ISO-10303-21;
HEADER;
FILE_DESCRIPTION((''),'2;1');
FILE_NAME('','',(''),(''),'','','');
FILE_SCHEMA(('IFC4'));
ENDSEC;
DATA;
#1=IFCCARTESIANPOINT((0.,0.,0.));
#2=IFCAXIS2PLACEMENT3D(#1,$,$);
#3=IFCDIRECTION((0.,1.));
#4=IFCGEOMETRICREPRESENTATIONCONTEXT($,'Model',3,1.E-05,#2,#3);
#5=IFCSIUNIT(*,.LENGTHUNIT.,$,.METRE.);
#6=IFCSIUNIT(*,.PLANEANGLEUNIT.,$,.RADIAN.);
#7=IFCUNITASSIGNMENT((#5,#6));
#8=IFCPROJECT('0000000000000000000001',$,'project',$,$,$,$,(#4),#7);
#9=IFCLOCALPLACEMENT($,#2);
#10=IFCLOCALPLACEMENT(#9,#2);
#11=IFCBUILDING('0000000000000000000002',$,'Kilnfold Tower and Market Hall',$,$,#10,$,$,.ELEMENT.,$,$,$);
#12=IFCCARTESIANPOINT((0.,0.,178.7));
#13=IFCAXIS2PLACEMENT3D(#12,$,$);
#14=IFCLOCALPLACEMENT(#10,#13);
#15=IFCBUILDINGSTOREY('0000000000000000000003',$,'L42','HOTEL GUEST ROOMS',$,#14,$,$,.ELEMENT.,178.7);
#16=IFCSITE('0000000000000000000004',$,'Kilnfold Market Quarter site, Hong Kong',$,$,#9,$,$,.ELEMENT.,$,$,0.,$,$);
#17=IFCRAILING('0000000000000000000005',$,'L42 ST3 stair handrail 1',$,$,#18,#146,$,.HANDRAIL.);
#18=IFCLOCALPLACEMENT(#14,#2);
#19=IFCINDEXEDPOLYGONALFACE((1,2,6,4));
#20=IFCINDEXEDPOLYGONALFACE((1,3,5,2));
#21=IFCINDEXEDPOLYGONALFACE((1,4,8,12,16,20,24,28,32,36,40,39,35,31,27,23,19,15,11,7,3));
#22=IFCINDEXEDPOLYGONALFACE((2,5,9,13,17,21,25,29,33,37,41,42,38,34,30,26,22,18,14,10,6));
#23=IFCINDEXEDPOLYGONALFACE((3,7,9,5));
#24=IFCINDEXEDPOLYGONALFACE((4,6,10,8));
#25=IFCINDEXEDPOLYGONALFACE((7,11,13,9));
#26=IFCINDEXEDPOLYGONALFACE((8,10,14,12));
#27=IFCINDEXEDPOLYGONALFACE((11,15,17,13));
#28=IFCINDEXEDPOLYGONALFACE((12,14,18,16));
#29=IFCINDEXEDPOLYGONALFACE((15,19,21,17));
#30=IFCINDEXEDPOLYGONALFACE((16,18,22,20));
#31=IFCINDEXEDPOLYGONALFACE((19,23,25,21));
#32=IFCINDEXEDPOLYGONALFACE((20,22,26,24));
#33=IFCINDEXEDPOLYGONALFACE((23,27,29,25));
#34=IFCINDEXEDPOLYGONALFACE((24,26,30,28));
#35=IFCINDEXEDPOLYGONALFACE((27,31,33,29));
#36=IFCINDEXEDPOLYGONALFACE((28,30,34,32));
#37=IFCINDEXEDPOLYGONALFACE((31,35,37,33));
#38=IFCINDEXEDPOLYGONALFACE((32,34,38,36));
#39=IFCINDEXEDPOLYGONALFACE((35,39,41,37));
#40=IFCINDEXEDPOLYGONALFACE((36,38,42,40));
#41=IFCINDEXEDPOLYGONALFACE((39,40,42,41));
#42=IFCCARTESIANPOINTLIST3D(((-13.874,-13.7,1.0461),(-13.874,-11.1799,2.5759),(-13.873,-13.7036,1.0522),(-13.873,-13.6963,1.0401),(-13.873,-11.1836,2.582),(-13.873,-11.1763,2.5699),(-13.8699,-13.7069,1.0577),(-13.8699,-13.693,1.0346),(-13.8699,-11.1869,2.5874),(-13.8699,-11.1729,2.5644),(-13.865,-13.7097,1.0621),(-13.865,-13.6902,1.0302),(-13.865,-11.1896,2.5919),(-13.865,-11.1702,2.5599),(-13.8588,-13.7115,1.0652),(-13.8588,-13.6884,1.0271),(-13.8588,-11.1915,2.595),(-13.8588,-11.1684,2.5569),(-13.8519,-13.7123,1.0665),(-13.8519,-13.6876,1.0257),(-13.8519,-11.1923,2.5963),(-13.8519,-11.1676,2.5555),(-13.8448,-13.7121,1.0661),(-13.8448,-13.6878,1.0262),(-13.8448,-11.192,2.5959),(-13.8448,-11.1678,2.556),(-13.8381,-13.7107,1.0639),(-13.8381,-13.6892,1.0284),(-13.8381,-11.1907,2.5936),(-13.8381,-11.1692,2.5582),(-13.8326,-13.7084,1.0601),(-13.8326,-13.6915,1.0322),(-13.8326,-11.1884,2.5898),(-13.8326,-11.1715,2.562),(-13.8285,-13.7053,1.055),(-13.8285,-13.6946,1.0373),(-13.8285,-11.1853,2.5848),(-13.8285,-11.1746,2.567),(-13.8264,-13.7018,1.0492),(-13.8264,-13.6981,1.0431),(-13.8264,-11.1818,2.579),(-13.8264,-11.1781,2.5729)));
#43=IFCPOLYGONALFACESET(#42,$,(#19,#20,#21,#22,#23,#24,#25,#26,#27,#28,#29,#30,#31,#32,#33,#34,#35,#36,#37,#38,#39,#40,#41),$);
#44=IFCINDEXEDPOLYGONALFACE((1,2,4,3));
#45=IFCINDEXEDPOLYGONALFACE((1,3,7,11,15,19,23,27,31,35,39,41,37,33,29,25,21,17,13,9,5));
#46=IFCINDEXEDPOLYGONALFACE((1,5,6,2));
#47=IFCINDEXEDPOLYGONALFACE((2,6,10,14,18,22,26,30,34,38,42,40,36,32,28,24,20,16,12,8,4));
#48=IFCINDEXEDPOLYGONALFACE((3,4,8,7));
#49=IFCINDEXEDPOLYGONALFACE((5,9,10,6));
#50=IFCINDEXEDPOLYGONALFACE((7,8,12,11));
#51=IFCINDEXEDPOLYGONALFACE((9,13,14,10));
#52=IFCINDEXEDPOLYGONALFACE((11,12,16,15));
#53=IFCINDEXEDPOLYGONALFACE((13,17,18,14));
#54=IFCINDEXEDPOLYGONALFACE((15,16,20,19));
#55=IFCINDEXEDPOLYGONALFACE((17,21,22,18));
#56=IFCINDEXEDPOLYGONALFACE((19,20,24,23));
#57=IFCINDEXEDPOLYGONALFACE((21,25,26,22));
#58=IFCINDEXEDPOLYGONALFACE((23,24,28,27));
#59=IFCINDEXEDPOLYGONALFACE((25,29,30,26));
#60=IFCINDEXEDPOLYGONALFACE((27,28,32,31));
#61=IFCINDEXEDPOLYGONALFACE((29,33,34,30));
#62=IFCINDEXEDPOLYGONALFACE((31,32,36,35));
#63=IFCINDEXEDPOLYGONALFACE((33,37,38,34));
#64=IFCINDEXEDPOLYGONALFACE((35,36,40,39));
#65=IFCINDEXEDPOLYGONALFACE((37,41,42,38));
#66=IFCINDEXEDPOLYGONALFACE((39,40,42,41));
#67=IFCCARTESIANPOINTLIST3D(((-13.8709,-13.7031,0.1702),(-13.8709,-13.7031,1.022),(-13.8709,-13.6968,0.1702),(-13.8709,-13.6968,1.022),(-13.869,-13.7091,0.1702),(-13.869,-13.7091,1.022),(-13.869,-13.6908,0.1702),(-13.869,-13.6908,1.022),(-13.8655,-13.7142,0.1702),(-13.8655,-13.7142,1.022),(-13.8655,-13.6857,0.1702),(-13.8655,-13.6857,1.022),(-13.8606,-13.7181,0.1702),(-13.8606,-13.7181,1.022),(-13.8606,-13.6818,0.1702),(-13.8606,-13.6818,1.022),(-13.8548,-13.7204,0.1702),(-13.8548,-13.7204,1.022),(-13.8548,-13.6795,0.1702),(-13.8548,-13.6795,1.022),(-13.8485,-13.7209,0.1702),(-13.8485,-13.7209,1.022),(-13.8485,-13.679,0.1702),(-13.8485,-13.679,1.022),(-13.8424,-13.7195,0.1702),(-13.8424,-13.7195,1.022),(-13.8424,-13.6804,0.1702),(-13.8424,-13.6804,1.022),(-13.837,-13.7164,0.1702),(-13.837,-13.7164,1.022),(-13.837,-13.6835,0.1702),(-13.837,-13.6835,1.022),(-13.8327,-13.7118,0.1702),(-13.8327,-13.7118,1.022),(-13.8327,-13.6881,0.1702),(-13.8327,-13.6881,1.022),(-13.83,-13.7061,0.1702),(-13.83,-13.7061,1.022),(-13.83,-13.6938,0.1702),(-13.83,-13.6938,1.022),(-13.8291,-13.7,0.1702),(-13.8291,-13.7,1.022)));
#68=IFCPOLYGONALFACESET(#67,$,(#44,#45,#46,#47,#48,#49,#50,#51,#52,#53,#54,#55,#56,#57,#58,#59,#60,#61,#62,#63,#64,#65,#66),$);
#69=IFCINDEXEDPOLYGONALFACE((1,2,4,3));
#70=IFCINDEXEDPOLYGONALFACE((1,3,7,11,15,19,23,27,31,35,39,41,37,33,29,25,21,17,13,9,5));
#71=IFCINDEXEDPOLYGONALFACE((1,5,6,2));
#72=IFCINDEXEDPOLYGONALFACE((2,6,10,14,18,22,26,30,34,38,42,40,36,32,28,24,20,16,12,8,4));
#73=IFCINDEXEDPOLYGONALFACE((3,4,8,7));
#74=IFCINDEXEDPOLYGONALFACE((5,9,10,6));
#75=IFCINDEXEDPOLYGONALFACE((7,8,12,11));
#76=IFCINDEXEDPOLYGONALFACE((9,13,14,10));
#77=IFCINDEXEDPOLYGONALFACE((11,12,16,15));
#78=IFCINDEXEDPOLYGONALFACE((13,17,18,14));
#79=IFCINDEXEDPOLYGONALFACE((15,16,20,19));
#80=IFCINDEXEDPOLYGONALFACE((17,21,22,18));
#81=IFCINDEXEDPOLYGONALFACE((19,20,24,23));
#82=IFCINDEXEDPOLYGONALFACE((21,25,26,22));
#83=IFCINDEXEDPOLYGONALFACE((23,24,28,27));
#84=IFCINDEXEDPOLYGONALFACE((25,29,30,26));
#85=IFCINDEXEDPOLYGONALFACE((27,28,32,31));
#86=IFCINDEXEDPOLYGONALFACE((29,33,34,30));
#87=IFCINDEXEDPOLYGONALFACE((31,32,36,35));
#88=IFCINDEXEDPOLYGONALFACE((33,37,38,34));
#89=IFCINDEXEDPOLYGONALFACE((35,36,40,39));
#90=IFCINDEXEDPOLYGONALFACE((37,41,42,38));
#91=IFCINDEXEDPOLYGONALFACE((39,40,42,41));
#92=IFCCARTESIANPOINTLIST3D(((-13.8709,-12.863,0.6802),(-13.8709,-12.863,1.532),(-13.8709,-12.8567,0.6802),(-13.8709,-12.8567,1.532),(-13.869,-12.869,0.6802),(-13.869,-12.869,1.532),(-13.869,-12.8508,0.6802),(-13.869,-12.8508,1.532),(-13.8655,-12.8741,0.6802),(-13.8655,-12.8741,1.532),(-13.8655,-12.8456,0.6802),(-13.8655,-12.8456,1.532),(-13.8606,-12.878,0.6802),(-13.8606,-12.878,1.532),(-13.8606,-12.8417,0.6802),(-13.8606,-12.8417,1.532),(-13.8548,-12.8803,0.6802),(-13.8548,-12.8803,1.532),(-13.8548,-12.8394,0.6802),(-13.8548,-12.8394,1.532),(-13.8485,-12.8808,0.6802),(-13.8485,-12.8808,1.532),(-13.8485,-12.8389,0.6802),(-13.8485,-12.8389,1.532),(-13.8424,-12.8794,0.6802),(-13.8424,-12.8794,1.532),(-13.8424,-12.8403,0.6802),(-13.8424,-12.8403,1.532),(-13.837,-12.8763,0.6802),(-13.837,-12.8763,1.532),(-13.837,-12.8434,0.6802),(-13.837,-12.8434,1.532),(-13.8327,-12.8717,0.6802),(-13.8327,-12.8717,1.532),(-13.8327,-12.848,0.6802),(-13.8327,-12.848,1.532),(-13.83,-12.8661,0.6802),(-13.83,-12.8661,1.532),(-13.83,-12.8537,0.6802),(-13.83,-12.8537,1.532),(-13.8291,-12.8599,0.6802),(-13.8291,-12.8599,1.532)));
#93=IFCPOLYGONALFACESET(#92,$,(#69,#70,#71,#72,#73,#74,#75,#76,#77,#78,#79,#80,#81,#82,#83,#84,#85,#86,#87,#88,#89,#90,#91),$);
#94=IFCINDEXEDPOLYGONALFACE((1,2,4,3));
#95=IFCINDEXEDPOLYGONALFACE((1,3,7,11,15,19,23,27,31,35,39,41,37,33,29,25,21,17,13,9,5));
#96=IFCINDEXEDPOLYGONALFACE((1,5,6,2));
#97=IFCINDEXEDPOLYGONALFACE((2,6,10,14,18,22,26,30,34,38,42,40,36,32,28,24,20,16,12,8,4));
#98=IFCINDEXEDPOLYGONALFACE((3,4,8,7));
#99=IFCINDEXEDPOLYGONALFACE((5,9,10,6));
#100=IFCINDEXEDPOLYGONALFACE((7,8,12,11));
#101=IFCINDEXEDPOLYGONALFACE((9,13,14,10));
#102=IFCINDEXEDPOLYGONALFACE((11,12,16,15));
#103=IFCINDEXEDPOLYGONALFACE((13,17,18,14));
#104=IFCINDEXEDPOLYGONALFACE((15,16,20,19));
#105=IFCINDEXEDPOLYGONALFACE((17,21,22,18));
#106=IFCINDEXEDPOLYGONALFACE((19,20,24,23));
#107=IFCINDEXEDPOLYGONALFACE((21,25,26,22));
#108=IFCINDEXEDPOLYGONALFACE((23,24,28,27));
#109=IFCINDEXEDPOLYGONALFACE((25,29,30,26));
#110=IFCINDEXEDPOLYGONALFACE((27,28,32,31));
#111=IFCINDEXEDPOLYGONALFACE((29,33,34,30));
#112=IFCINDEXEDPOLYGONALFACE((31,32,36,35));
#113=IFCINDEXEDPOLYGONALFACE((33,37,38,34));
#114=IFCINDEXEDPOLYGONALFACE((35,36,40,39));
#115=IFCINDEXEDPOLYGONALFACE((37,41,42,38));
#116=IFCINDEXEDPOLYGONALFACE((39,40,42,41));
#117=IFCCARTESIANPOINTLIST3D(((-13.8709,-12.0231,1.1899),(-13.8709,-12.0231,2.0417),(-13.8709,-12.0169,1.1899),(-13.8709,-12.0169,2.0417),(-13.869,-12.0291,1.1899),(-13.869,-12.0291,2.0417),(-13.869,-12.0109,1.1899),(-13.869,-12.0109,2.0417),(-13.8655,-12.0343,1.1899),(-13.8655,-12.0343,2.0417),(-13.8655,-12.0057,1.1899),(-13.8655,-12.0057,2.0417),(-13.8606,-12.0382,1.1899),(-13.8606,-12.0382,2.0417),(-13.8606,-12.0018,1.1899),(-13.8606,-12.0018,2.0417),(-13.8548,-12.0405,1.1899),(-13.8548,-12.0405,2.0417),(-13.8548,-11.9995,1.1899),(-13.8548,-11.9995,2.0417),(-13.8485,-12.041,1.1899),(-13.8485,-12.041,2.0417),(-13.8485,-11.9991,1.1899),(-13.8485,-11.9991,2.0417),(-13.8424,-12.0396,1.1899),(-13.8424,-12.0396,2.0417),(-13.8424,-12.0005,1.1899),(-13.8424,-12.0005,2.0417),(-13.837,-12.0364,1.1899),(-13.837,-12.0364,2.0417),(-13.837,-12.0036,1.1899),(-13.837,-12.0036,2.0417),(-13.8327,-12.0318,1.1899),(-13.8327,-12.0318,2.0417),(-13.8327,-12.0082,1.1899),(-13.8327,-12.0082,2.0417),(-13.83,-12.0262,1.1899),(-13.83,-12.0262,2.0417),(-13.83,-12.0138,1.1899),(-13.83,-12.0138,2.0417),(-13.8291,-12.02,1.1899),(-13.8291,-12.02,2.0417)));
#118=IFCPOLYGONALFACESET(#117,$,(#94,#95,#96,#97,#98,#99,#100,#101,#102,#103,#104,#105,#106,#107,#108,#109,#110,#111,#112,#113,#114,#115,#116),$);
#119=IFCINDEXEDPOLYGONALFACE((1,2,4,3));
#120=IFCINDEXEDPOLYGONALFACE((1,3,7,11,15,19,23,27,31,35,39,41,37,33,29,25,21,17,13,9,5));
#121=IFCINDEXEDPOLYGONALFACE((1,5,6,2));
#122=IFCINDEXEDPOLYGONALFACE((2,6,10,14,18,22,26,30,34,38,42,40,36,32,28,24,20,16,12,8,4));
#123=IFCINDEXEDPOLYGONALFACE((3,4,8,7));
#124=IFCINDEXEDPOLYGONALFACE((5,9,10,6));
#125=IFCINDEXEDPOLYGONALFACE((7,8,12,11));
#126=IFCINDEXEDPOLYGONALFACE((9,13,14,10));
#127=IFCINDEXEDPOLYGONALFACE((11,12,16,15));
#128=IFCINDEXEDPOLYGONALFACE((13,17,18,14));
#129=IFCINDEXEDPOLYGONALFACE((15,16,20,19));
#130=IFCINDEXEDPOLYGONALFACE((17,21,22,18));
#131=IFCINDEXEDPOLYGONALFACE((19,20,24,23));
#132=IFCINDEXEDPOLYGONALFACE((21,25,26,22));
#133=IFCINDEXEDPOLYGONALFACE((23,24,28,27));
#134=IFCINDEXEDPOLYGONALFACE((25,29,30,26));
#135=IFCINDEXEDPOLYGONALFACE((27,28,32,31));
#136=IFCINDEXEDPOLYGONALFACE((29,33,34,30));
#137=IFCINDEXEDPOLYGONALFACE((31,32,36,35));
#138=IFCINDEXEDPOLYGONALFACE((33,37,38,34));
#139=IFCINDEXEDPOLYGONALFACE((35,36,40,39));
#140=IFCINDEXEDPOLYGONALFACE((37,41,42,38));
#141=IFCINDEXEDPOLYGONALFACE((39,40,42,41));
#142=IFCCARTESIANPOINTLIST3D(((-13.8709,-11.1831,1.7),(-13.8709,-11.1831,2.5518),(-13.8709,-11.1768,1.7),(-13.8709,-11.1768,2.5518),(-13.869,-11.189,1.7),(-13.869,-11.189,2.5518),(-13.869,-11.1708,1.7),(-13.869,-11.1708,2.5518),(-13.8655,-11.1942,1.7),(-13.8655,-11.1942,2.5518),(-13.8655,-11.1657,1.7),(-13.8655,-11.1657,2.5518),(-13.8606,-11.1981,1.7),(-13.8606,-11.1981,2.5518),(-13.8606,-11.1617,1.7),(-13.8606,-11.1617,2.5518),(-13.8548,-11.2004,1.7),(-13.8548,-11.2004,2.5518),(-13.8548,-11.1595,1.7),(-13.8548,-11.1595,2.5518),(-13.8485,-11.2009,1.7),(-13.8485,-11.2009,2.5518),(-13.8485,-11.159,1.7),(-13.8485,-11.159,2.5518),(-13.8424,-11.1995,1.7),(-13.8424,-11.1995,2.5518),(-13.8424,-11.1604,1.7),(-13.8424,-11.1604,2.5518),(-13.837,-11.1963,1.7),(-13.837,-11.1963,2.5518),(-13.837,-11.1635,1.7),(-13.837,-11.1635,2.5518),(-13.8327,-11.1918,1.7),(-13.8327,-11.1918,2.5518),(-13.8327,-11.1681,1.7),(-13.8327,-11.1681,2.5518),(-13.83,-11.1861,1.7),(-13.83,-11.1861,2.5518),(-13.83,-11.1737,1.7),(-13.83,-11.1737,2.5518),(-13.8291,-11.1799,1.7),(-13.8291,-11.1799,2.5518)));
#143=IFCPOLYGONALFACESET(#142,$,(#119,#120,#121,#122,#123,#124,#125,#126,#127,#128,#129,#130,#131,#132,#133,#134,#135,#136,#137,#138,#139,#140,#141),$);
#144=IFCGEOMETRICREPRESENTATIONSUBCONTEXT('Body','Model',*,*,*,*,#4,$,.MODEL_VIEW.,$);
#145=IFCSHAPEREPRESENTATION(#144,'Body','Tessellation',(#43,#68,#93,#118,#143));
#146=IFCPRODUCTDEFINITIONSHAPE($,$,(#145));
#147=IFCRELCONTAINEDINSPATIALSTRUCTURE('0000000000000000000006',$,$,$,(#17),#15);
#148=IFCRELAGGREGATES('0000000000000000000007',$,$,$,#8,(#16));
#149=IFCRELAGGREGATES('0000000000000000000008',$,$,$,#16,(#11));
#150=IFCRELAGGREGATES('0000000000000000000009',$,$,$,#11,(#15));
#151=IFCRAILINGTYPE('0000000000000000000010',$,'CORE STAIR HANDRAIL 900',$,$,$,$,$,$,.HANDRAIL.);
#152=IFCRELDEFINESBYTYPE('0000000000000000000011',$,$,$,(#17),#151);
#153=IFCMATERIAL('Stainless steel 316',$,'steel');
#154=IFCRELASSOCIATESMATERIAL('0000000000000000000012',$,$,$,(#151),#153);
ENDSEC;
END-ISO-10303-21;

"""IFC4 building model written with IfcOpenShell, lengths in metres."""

from ifc_helpers import new_model, si_unit, direction, frame, origin, origin_2d, place, context, subcontext, project, spatial, circle, extrude, material, type_object, element, save


model = new_model("IFC4")

# Units and contexts
model_context = context("Model", 3, precision=1e-05, world=origin(), true_north=direction((0.0, 1.0)))
body_context = subcontext(model_context, "Body", "Model", "MODEL_VIEW")
ifc_project = project(units=[si_unit("LENGTHUNIT", "METRE"), si_unit("PLANEANGLEUNIT", "RADIAN")], contexts=[model_context])

# Site, building, storey
site_placement = place(None, origin())
site = spatial("IfcSite", under=ifc_project, at=site_placement, Name="Kilnfold Market Quarter site, Hong Kong", CompositionType="ELEMENT", RefElevation=0.0)
building_placement = place(site_placement, origin())
building = spatial("IfcBuilding", under=site, at=building_placement, Name="Kilnfold Tower and Market Hall", CompositionType="ELEMENT")
storey_placement = place(building_placement, frame((0.0, 0.0, 178.7)))
storey = spatial("IfcBuildingStorey", under=building, at=storey_placement, Name="L42", Description="HOTEL GUEST ROOMS", CompositionType="ELEMENT", Elevation=178.7)

# Railing
ifc_material_1 = material(Name="Stainless steel 316", Category="steel")
railing_type_1 = type_object("IfcRailingType", Name="CORE STAIR HANDRAIL 900", PredefinedType="HANDRAIL", material=ifc_material_1)
railing_1_placement = place(storey_placement, frame((-13.8501, -13.7, 0.1702)))
element("IfcRailing", 1, at=railing_1_placement, inside=storey, type_object=railing_type_1, Name="L42 ST3 stair handrail 1", PredefinedType="HANDRAIL", context=body_context, shape_type="SweptSolid", body=[
    extrude(circle(Radius=0.0239, at=origin_2d()), frame((0.0, 0.0, 0.876), z_axis=(0.0, 0.854822, 0.518922), x_axis=(-1.0, 0.0, 0.0)), (0.0, 0.0, 1.0), 2.948),
    extrude(circle(Radius=0.021, at=origin_2d()), origin(), (0.0, 0.0, 1.0), 0.8518),
    extrude(circle(Radius=0.021, at=origin_2d()), frame((0.0, 0.8401, 0.51)), (0.0, 0.0, 1.0), 0.8518),
    extrude(circle(Radius=0.021, at=origin_2d()), frame((0.0, 1.6799, 1.0198)), (0.0, 0.0, 1.0), 0.8518),
    extrude(circle(Radius=0.021, at=origin_2d()), frame((0.0, 2.52, 1.5298)), (0.0, 0.0, 1.0), 0.8518),
])

save(model, "model.ifc")
